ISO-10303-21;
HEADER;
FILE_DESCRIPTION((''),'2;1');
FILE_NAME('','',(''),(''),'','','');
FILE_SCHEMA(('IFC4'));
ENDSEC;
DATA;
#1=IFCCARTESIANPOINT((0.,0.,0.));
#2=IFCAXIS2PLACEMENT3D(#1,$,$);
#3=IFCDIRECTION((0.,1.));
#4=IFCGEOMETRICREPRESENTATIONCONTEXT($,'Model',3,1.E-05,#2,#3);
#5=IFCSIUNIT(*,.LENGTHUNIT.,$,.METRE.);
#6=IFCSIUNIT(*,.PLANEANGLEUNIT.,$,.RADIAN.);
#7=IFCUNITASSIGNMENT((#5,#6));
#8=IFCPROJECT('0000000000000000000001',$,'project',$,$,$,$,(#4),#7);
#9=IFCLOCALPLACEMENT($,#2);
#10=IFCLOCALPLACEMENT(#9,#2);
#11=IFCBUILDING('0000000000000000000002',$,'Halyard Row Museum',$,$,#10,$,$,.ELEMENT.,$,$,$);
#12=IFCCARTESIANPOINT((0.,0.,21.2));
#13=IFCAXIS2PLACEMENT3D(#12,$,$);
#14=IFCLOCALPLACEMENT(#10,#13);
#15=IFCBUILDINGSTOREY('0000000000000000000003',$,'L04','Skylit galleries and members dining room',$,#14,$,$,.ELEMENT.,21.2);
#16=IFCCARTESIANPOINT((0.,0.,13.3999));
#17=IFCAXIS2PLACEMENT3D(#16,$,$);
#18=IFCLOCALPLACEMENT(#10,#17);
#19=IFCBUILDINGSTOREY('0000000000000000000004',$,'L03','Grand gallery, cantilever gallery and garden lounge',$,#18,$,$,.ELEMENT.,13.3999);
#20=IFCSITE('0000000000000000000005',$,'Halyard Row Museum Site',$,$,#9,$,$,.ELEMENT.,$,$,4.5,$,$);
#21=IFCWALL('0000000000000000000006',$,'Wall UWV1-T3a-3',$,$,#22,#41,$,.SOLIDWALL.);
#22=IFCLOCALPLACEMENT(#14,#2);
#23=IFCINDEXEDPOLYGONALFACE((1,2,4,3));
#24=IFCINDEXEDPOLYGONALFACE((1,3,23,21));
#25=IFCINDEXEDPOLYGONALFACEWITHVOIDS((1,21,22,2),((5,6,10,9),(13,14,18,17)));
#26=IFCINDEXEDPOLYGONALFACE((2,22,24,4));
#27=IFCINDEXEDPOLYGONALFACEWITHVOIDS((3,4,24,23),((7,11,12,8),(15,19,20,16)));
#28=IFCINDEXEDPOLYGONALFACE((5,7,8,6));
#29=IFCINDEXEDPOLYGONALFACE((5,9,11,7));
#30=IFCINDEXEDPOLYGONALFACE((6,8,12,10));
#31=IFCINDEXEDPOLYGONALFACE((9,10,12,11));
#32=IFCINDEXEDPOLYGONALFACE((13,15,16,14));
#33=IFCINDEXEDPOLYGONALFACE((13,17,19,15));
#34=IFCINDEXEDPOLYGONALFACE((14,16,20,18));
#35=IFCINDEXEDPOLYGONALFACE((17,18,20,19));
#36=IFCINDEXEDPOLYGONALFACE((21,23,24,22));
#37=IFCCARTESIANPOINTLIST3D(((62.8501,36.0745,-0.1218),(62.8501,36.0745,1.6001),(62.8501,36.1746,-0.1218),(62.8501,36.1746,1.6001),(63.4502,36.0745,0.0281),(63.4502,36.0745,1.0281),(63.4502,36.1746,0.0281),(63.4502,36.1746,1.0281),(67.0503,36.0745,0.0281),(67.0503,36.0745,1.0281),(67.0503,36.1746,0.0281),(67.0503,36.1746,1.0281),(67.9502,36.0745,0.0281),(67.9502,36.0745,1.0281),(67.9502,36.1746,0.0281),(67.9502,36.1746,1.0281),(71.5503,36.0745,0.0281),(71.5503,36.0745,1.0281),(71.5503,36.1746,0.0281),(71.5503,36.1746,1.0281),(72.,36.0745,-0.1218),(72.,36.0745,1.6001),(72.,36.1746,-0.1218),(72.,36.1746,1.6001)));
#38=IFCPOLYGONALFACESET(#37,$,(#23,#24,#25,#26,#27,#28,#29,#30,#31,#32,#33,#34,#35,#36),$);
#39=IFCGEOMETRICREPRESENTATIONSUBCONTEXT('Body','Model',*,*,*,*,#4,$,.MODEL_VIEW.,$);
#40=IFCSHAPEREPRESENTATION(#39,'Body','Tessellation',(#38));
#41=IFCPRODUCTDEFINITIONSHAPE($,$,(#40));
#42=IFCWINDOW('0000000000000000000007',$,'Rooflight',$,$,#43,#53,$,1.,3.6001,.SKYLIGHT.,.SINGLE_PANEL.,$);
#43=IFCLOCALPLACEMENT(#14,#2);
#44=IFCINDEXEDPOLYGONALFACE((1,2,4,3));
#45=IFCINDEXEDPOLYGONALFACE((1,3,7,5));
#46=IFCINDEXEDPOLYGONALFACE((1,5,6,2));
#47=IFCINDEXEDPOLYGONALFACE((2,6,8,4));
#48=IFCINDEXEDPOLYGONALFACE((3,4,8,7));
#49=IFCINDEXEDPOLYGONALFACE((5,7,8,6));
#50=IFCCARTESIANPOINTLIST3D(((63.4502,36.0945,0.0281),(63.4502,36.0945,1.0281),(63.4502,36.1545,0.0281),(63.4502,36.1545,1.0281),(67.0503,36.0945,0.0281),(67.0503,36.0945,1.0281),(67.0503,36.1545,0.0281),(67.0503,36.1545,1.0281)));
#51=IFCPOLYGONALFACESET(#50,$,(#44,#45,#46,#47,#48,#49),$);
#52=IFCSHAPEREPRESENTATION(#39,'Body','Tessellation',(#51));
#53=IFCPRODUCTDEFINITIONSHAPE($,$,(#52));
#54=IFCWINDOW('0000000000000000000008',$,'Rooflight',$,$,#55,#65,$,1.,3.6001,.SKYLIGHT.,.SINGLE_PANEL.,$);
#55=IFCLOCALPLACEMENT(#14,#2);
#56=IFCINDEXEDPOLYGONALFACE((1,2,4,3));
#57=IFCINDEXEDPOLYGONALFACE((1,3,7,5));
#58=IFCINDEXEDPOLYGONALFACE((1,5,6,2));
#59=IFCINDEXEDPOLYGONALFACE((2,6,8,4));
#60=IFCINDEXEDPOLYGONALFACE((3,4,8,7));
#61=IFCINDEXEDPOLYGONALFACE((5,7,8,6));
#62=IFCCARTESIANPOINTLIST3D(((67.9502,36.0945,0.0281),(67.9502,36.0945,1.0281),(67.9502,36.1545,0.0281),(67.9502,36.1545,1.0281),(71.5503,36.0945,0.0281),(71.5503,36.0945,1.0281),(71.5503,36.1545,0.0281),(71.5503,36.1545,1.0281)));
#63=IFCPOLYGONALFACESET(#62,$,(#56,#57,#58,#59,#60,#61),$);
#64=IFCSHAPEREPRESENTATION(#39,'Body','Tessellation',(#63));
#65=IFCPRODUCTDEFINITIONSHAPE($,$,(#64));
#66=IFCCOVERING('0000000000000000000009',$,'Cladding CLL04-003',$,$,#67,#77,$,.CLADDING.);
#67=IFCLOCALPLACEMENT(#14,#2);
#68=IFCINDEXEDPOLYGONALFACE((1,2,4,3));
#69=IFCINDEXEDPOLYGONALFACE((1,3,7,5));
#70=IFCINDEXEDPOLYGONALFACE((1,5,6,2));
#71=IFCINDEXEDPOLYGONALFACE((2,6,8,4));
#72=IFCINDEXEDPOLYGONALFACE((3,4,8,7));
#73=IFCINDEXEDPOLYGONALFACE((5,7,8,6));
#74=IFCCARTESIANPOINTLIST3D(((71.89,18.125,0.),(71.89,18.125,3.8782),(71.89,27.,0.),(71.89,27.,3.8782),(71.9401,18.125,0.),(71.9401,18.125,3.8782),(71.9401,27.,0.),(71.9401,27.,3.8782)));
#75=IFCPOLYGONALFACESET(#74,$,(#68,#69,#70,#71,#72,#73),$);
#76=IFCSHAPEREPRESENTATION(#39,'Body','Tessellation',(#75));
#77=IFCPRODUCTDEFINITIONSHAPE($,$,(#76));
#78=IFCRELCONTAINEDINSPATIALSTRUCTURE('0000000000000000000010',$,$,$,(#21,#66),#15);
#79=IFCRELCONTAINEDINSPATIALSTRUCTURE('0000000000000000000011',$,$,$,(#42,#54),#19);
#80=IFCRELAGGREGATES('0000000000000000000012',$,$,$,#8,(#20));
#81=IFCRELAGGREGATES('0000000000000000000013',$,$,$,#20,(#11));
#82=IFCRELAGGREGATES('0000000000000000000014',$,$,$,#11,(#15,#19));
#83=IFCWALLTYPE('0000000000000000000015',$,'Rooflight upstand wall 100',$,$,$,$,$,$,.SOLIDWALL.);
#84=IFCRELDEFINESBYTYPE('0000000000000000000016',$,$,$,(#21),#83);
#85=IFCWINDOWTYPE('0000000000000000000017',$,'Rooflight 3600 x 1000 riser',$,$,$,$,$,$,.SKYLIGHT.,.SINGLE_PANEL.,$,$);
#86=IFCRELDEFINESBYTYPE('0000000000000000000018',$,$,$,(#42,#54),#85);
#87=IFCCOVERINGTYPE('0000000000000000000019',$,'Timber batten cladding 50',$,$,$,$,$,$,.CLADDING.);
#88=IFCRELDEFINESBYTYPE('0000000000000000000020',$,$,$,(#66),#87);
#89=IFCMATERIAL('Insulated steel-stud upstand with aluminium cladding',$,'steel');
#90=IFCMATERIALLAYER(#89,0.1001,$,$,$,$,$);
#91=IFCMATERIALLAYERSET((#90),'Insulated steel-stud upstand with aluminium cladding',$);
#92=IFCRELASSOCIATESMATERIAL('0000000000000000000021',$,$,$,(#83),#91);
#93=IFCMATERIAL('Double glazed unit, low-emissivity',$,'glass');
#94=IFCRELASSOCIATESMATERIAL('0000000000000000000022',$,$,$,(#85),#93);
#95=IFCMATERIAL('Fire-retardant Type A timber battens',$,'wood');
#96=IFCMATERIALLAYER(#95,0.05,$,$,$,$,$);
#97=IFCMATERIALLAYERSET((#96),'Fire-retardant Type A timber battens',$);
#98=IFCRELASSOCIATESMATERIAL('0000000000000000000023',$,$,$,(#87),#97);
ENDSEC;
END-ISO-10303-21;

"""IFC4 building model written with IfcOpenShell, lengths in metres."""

from ifc_helpers import new_model, si_unit, direction, frame, frame_2d, origin, place, context, subcontext, project, spatial, rectangle, extrude, material, layer, layer_set, type_object, element, fill, save


model = new_model("IFC4")

# Units and contexts
model_context = context("Model", 3, precision=1e-05, world=origin(), true_north=direction((0.0, 1.0)))
body_context = subcontext(model_context, "Body", "Model", "MODEL_VIEW")
ifc_project = project(units=[si_unit("LENGTHUNIT", "METRE"), si_unit("PLANEANGLEUNIT", "RADIAN")], contexts=[model_context])

# Site, building, storey
site_placement = place(None, origin())
site = spatial("IfcSite", under=ifc_project, at=site_placement, Name="Halyard Row Museum Site", CompositionType="ELEMENT", RefElevation=4.5)
building_placement = place(site_placement, origin())
building = spatial("IfcBuilding", under=site, at=building_placement, Name="Halyard Row Museum", CompositionType="ELEMENT")
storey_1_placement = place(building_placement, frame((0.0, 0.0, 21.2)))
storey_1 = spatial("IfcBuildingStorey", under=building, at=storey_1_placement, Name="L04", Description="Skylit galleries and members dining room", CompositionType="ELEMENT", Elevation=21.2)

# Shared definitions
ifc_material_1 = material(Name="Insulated steel-stud upstand with aluminium cladding", Category="steel")
ifc_layer_1 = layer(ifc_material_1, 0.1001)
ifc_layer_set_1 = layer_set([ifc_layer_1], Name="Insulated steel-stud upstand with aluminium cladding")
wall_type_1 = type_object("IfcWallType", Name="Rooflight upstand wall 100", PredefinedType="SOLIDWALL", material=ifc_layer_set_1)

# Shared definitions
storey_2_placement = place(building_placement, frame((0.0, 0.0, 13.3999)))
storey_2 = spatial("IfcBuildingStorey", under=building, at=storey_2_placement, Name="L03", Description="Grand gallery, cantilever gallery and garden lounge", CompositionType="ELEMENT", Elevation=13.3999)

# Shared definitions
ifc_material_2 = material(Name="Double glazed unit, low-emissivity", Category="glass")
window_type = type_object("IfcWindowType", Name="Rooflight 3600 x 1000 riser", PartitioningType="SINGLE_PANEL", PredefinedType="SKYLIGHT", material=ifc_material_2)

# Wall, openings, windows
wall_1_placement = place(storey_1_placement, frame((62.8501, 36.1245, -0.1218), z_axis=(0.0, 0.0, 1.0), x_axis=(1.0, 0.0, 0.0)))
wall_1 = element("IfcWall", 1, at=wall_1_placement, inside=storey_1, type_object=wall_type_1, Name="Wall UWV1-T3a-3", PredefinedType="SOLIDWALL", context=body_context, shape_type="SweptSolid", body=[
    extrude(rectangle(XDim=9.1499, YDim=0.1001, at=frame_2d((4.575, 0.0))), origin(), (0.0, 0.0, 1.0), 1.7219),
])
opening_1_placement = place(wall_1_placement, frame((0.6001, 0.0, 0.1499)))
opening_1 = element("IfcOpeningElement", 2, at=opening_1_placement, cuts=wall_1, PredefinedType="OPENING", context=body_context, shape_type="SweptSolid", body=[
    extrude(rectangle(XDim=3.6001, YDim=1.0, at=frame_2d((1.8, 0.5))), frame((0.0, 0.0601, 0.0), z_axis=(0.0, -1.0, 0.0), x_axis=(1.0, 0.0, 0.0)), (0.0, 0.0, 1.0), 0.1201),
])
opening_2_placement = place(wall_1_placement, frame((5.1001, 0.0, 0.1499)))
opening_2 = element("IfcOpeningElement", 3, at=opening_2_placement, cuts=wall_1, PredefinedType="OPENING", context=body_context, shape_type="SweptSolid", body=[
    extrude(rectangle(XDim=3.6001, YDim=1.0, at=frame_2d((1.8, 0.5))), frame((0.0, 0.0601, 0.0), z_axis=(0.0, -1.0, 0.0), x_axis=(1.0, 0.0, 0.0)), (0.0, 0.0, 1.0), 0.1201),
])
window_1_placement = place(opening_1_placement, origin())
window_1 = element("IfcWindow", 4, at=window_1_placement, inside=storey_2, type_object=window_type, Name="Rooflight", OverallHeight=1.0, OverallWidth=3.6001, PartitioningType="SINGLE_PANEL", PredefinedType="SKYLIGHT", context=body_context, shape_type="SweptSolid", body=[
    extrude(rectangle(XDim=3.6001, YDim=1.0, at=frame_2d((1.8, 0.5))), frame((0.0, 0.03, 0.0), z_axis=(0.0, -1.0, 0.0), x_axis=(1.0, 0.0, 0.0)), (0.0, 0.0, 1.0), 0.0601),
])
fill(opening_1, window_1)
window_2_placement = place(opening_2_placement, origin())
window_2 = element("IfcWindow", 5, at=window_2_placement, inside=storey_2, type_object=window_type, Name="Rooflight", OverallHeight=1.0, OverallWidth=3.6001, PartitioningType="SINGLE_PANEL", PredefinedType="SKYLIGHT", context=body_context, shape_type="SweptSolid", body=[
    extrude(rectangle(XDim=3.6001, YDim=1.0, at=frame_2d((1.8, 0.5))), frame((0.0, 0.03, 0.0), z_axis=(0.0, -1.0, 0.0), x_axis=(1.0, 0.0, 0.0)), (0.0, 0.0, 1.0), 0.0601),
])
fill(opening_2, window_2)

# Covering
ifc_material_3 = material(Name="Fire-retardant Type A timber battens", Category="wood")
ifc_layer_2 = layer(ifc_material_3, 0.05)
ifc_layer_set_2 = layer_set([ifc_layer_2], Name="Fire-retardant Type A timber battens")
covering_type = type_object("IfcCoveringType", Name="Timber batten cladding 50", PredefinedType="CLADDING", material=ifc_layer_set_2)
covering_placement = place(storey_1_placement, frame((71.915, 27.0, 0.0), z_axis=(0.0, 0.0, 1.0), x_axis=(0.0, -1.0, 0.0)))
element("IfcCovering", 6, at=covering_placement, inside=storey_1, type_object=covering_type, Name="Cladding CLL04-003", PredefinedType="CLADDING", context=body_context, shape_type="SweptSolid", body=[
    extrude(rectangle(XDim=8.875, YDim=0.05, at=frame_2d((4.4375, 0.0))), origin(), (0.0, 0.0, 1.0), 3.8782),
])

save(model, "model.ifc")
